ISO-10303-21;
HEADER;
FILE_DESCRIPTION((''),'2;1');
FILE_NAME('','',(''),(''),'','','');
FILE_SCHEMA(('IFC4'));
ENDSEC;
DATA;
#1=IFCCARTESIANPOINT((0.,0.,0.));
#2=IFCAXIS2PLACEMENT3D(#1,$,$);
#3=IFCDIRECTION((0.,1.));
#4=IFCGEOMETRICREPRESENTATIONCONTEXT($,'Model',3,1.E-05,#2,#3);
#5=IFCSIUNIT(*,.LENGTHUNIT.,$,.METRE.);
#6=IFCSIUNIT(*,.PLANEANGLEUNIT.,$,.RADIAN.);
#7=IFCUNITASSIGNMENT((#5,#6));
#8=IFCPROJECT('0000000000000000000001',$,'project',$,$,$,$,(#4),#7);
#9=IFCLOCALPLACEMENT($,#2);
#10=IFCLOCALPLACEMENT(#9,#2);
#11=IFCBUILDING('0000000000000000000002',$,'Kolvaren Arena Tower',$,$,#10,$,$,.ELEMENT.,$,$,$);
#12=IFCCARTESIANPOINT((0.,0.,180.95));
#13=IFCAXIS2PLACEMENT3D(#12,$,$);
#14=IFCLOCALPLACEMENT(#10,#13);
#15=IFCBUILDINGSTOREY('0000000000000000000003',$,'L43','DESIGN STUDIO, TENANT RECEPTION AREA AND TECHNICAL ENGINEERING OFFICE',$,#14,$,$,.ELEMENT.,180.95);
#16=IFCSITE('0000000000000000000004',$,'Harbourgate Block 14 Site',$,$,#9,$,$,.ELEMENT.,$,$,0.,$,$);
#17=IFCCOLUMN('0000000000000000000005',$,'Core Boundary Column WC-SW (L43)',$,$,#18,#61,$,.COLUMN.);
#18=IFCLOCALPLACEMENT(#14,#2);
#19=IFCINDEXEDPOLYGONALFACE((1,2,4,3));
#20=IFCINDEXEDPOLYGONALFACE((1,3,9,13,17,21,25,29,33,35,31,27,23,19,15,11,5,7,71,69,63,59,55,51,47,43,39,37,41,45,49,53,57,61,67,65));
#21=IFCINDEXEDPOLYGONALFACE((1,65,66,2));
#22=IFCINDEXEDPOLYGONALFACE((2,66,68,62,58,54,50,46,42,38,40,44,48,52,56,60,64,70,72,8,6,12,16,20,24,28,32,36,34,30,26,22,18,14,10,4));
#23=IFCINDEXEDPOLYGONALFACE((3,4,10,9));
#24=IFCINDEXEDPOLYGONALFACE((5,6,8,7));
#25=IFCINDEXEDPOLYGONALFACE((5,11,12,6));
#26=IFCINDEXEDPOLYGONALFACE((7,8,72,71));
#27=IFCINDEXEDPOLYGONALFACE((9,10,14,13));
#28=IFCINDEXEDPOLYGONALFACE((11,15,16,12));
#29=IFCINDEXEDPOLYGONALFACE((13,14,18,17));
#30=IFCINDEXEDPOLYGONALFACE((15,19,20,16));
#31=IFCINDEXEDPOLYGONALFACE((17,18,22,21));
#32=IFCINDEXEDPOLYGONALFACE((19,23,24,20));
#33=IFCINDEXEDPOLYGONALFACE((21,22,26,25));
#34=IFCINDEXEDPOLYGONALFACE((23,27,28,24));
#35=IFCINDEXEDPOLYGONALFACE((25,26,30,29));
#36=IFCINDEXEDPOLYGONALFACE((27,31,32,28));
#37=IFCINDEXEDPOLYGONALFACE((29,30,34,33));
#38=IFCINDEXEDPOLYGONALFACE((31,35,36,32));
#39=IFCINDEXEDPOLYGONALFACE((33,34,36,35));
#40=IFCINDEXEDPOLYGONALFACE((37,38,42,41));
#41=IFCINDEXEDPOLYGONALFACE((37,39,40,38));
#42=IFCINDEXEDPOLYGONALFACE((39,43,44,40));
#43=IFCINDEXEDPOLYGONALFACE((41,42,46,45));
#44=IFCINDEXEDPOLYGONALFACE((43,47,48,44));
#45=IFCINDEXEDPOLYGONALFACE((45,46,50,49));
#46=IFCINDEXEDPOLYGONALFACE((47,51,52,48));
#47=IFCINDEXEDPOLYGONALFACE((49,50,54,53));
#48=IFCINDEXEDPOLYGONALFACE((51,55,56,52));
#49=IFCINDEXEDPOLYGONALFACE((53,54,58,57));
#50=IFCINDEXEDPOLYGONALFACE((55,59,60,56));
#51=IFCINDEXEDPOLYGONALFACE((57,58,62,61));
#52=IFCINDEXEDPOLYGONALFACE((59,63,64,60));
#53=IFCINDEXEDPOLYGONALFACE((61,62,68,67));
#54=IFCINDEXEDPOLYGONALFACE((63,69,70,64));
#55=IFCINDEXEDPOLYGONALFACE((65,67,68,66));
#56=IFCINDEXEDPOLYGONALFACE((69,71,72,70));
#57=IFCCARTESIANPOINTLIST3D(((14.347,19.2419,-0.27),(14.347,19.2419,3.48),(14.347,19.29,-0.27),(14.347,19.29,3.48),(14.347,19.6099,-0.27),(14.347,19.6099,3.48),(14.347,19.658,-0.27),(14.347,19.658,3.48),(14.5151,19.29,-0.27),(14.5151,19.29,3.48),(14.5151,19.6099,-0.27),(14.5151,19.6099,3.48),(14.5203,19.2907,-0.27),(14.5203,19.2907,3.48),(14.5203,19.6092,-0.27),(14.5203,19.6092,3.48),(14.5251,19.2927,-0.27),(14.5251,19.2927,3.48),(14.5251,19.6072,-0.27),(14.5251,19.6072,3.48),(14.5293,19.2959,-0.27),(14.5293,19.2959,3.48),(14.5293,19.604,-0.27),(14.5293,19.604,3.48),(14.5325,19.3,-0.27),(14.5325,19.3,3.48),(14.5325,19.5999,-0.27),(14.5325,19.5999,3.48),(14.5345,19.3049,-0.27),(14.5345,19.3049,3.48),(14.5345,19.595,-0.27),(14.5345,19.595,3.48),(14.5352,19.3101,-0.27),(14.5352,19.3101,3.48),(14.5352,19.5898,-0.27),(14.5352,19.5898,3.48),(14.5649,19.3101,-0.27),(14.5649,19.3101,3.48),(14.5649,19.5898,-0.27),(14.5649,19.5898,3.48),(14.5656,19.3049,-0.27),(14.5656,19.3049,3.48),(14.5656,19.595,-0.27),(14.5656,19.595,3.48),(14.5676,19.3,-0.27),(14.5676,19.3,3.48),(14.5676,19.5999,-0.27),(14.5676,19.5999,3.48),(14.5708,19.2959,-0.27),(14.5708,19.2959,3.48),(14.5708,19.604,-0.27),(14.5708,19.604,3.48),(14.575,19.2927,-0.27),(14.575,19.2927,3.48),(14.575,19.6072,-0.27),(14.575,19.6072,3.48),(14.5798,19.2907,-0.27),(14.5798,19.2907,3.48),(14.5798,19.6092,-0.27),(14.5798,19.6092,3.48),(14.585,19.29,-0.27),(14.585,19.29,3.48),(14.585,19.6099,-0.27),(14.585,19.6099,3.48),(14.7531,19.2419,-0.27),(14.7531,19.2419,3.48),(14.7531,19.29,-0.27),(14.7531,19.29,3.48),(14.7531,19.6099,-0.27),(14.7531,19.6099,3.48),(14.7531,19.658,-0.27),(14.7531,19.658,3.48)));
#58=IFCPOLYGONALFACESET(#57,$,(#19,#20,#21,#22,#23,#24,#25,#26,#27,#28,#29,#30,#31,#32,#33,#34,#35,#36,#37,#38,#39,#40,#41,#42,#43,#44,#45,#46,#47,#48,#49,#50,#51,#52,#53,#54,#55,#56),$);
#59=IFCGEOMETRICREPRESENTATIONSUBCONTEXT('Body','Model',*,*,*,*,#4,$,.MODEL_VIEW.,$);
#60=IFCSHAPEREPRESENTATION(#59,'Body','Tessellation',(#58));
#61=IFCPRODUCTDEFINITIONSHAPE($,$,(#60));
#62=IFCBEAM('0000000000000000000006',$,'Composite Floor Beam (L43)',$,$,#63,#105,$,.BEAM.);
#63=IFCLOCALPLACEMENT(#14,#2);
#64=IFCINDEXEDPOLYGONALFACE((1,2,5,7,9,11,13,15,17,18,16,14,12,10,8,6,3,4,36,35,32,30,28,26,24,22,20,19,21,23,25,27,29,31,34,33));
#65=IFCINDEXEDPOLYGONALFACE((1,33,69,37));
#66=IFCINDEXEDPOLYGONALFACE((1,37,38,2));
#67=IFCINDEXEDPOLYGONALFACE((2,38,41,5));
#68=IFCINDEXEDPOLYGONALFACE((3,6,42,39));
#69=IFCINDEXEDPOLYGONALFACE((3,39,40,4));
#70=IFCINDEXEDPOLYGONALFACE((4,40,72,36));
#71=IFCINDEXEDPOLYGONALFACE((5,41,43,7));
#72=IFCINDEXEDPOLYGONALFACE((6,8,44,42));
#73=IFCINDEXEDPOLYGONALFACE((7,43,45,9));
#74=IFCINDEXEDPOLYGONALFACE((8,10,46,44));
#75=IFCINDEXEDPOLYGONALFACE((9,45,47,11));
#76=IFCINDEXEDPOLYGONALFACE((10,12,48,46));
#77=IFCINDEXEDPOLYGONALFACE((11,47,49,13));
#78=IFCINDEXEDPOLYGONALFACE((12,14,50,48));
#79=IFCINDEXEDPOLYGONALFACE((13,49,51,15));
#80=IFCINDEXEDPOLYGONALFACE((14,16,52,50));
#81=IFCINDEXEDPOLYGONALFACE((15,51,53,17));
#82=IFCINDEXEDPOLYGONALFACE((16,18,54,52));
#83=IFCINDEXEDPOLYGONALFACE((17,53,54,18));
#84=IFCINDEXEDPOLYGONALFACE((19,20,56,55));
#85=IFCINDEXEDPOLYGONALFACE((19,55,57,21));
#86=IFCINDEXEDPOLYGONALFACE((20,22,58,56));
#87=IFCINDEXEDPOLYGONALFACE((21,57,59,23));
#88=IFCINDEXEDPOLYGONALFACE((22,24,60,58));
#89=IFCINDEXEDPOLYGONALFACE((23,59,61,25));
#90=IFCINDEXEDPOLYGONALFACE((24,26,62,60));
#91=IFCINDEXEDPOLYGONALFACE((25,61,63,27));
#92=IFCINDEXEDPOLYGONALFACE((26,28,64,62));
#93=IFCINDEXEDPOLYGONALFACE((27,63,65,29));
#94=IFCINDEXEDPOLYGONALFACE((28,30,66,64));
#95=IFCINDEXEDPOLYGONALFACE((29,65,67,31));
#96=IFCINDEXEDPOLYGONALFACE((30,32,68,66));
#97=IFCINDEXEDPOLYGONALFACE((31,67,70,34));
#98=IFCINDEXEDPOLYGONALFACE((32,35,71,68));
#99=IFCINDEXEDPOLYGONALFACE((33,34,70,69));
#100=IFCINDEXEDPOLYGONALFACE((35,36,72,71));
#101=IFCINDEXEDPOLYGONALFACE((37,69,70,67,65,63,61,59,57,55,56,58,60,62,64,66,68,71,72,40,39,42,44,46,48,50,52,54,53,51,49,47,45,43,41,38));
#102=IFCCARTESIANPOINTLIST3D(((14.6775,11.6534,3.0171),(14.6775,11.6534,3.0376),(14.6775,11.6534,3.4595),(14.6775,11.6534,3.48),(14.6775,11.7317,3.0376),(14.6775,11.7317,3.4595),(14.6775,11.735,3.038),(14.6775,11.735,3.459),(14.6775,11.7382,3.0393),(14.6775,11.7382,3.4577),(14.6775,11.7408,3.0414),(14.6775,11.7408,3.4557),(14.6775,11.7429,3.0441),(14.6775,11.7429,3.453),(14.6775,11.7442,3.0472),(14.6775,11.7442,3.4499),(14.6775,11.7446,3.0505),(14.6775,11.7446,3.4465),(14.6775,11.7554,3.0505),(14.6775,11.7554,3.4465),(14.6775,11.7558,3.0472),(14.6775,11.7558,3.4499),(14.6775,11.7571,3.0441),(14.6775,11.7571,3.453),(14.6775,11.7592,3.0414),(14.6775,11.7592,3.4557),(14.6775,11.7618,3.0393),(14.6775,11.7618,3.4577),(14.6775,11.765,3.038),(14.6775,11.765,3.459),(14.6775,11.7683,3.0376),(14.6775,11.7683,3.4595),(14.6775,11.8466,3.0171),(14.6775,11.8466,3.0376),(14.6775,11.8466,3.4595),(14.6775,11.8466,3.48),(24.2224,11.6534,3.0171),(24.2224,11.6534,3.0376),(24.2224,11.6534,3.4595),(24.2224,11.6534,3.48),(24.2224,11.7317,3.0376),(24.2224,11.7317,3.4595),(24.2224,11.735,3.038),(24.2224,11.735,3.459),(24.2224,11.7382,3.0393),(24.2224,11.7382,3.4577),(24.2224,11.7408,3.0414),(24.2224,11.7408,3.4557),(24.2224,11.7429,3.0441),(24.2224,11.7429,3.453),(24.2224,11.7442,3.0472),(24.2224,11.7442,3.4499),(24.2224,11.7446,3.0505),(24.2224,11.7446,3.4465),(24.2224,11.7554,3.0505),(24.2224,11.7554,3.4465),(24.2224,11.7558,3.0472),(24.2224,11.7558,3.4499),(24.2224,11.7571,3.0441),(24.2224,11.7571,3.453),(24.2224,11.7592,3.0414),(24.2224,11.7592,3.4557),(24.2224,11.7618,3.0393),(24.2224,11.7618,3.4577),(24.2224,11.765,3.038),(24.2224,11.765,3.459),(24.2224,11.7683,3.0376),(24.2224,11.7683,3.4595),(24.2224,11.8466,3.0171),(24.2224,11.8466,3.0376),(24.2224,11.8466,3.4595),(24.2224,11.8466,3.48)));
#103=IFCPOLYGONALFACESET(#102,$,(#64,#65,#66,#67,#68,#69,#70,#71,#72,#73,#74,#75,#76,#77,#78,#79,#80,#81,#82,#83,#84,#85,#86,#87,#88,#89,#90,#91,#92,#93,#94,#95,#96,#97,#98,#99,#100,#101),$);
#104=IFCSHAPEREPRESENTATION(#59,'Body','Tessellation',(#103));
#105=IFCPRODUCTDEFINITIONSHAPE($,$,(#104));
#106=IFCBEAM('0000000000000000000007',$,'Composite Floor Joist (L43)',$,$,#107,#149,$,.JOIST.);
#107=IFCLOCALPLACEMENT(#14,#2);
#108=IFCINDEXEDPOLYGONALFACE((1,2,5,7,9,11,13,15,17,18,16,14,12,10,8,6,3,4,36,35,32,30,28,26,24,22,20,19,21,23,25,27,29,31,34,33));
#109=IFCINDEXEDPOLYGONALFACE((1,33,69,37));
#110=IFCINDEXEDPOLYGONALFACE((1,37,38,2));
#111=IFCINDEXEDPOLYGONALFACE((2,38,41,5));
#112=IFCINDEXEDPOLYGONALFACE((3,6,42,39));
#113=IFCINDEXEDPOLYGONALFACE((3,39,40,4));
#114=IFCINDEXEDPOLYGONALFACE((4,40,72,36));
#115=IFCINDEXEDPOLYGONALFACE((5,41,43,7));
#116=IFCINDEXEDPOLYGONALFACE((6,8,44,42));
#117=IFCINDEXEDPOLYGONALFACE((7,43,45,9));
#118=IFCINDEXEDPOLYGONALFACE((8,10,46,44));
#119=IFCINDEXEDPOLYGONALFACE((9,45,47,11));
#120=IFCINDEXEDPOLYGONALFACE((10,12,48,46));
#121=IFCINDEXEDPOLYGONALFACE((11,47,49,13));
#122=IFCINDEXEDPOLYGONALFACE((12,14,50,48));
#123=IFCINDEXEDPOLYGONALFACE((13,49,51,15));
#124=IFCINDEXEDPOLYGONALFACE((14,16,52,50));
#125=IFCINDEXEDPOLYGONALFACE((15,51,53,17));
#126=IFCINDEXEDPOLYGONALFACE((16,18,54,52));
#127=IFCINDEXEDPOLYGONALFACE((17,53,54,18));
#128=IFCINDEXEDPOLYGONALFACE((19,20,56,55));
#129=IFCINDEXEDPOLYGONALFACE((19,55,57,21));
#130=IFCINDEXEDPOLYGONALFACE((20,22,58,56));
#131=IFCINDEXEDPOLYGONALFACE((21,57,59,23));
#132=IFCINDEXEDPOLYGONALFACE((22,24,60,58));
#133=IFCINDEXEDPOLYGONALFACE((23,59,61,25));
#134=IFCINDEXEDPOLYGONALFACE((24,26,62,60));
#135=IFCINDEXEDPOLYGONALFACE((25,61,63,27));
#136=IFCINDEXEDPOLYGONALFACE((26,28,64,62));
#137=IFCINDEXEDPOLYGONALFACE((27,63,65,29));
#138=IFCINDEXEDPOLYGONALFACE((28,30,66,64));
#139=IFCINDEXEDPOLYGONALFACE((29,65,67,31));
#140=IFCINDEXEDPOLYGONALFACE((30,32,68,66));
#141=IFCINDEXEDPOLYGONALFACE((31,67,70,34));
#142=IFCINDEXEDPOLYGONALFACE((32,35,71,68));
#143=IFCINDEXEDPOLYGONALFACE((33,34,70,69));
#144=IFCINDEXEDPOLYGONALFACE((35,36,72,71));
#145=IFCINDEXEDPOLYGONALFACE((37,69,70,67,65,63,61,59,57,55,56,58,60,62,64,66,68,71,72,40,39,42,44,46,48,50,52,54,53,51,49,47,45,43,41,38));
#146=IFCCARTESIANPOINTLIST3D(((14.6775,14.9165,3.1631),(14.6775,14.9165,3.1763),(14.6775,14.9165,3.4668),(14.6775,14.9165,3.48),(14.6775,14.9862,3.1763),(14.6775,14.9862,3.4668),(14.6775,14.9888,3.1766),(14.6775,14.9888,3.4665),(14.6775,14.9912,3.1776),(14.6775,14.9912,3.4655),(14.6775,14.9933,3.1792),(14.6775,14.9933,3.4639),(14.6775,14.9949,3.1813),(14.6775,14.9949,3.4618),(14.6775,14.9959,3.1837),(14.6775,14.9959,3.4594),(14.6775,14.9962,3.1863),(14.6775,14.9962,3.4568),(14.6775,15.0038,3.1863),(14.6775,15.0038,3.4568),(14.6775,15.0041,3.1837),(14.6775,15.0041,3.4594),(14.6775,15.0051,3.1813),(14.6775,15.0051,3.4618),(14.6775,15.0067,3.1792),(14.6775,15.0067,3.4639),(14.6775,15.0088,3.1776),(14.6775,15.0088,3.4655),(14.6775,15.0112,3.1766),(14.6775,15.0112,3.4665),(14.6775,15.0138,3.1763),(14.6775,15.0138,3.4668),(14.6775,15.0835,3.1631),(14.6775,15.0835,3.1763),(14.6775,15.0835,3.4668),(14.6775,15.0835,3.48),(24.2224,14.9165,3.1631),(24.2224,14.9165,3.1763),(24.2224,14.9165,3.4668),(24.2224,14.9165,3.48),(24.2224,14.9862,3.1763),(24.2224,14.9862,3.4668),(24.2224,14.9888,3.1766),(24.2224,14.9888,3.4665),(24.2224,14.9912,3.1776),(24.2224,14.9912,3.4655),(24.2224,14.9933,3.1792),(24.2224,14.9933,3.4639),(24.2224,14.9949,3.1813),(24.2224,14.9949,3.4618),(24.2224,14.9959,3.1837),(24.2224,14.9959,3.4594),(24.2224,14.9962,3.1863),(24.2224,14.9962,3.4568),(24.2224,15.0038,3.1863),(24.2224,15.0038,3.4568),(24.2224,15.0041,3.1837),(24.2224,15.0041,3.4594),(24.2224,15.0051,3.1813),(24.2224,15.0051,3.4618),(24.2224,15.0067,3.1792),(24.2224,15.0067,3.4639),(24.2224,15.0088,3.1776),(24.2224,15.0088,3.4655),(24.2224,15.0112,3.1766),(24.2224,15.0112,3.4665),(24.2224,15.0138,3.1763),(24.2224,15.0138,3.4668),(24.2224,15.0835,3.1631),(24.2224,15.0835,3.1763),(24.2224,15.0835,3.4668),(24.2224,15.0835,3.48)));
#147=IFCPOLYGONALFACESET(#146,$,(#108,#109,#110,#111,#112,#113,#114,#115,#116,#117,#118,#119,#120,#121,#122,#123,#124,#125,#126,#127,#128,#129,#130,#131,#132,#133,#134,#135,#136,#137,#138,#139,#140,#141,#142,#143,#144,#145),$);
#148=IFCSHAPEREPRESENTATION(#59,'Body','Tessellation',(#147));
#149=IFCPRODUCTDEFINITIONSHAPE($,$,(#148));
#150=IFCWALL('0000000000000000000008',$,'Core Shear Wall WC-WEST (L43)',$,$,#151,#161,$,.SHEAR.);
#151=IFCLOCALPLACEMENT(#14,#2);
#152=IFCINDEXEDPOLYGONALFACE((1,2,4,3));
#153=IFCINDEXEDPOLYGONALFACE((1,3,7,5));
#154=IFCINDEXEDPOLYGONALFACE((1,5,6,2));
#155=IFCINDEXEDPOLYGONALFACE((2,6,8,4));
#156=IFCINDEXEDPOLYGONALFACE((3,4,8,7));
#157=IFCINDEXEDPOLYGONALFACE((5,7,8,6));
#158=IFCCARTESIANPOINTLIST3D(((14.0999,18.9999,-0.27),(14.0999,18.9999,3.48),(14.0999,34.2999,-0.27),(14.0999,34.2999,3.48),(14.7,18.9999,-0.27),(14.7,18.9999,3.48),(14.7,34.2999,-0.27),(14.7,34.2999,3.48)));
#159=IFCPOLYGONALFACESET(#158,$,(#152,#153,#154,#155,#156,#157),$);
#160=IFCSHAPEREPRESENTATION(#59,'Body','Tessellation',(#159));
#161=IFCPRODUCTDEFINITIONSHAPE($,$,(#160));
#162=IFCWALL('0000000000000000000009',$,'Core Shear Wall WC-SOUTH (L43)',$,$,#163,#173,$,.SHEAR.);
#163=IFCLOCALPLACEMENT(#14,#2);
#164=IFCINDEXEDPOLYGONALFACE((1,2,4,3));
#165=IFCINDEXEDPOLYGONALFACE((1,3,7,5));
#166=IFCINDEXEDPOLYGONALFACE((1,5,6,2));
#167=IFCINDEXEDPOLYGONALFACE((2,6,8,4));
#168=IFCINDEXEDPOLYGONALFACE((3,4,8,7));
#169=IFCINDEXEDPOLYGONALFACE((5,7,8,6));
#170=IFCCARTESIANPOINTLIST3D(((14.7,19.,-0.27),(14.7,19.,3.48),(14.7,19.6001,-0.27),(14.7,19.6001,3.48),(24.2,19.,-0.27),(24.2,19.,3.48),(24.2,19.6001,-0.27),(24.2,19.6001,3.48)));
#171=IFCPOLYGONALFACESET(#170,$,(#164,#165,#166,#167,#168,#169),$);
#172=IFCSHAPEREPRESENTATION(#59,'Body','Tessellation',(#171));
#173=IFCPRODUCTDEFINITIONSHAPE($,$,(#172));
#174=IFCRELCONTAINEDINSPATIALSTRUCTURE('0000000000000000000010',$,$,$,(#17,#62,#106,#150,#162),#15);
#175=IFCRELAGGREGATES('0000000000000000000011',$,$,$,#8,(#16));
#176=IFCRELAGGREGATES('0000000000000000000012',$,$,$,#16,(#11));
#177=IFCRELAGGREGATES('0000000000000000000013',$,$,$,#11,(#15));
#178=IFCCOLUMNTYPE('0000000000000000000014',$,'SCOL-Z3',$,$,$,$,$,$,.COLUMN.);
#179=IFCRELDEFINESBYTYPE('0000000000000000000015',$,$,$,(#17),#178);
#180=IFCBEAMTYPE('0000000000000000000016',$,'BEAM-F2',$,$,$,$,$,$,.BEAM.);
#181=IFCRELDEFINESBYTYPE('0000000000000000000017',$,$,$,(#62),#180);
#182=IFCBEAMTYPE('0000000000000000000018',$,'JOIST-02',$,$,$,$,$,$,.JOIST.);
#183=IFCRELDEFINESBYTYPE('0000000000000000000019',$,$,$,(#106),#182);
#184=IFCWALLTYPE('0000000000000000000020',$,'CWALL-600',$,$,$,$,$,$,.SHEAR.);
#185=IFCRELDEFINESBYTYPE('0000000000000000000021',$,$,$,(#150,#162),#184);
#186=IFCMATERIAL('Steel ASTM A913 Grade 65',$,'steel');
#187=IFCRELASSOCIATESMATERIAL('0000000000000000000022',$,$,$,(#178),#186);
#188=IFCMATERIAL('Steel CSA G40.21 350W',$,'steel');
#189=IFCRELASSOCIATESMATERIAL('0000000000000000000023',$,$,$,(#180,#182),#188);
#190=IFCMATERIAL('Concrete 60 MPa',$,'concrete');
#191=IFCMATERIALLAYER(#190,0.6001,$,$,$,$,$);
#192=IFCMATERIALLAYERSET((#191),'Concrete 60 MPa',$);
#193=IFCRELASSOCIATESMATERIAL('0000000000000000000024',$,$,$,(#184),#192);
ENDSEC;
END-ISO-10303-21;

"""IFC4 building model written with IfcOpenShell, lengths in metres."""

from ifc_helpers import new_model, si_unit, direction, frame, frame_2d, origin, origin_2d, place, context, subcontext, project, spatial, rectangle, i_section, extrude, material, layer, layer_set, material_profile, profile_set, type_object, element, save


model = new_model("IFC4")

# Units and contexts
model_context = context("Model", 3, precision=1e-05, world=origin(), true_north=direction((0.0, 1.0)))
body_context = subcontext(model_context, "Body", "Model", "MODEL_VIEW")
ifc_project = project(units=[si_unit("LENGTHUNIT", "METRE"), si_unit("PLANEANGLEUNIT", "RADIAN")], contexts=[model_context])

# Site, building, storey
site_placement = place(None, origin())
site = spatial("IfcSite", under=ifc_project, at=site_placement, Name="Harbourgate Block 14 Site", CompositionType="ELEMENT", RefElevation=0.0)
building_placement = place(site_placement, origin())
building = spatial("IfcBuilding", under=site, at=building_placement, Name="Kolvaren Arena Tower", CompositionType="ELEMENT")
storey_placement = place(building_placement, frame((0.0, 0.0, 180.95)))
storey = spatial("IfcBuildingStorey", under=building, at=storey_placement, Name="L43", Description="DESIGN STUDIO, TENANT RECEPTION AREA AND TECHNICAL ENGINEERING OFFICE", CompositionType="ELEMENT", Elevation=180.95)

# Column
ifc_material_1 = material(Name="Steel ASTM A913 Grade 65", Category="steel")
ifc_material_profile_1 = material_profile(ifc_material_1, i_section(OverallWidth=0.406, OverallDepth=0.416, WebThickness=0.0298, FlangeThickness=0.0481, FilletRadius=0.02, at=origin_2d()), Name="W360x382")
ifc_profile_set_1 = profile_set([ifc_material_profile_1], Name="Steel ASTM A913 Grade 65")
column_type = type_object("IfcColumnType", Name="SCOL-Z3", PredefinedType="COLUMN", material=ifc_profile_set_1)
column_placement = place(storey_placement, frame((14.55, 19.45, -0.27), z_axis=(0.0, 0.0, 1.0), x_axis=(1.0, 0.0, 0.0)))
element("IfcColumn", 1, at=column_placement, inside=storey, type_object=column_type, Name="Core Boundary Column WC-SW (L43)", PredefinedType="COLUMN", context=body_context, shape_type="SweptSolid", body=[
    extrude(i_section(OverallWidth=0.406, OverallDepth=0.416, WebThickness=0.0298, FlangeThickness=0.0481, FilletRadius=0.02, at=origin_2d()), origin(), (0.0, 0.0, 1.0), 3.75),
])

# Beams
ifc_material_2 = material(Name="Steel CSA G40.21 350W", Category="steel")
ifc_material_profile_2 = material_profile(ifc_material_2, i_section(OverallWidth=0.1931, OverallDepth=0.4629, WebThickness=0.0107, FlangeThickness=0.0205, FilletRadius=0.0129, at=origin_2d()), Name="W460x113")
ifc_profile_set_2 = profile_set([ifc_material_profile_2], Name="Steel CSA G40.21 350W")
beam_type_1 = type_object("IfcBeamType", Name="BEAM-F2", PredefinedType="BEAM", material=ifc_profile_set_2)
beam_1_placement = place(storey_placement, frame((14.6775, 11.75, 3.2485), z_axis=(1.0, 0.0, 0.0), x_axis=(0.0, 1.0, 0.0)))
element("IfcBeam", 2, at=beam_1_placement, inside=storey, type_object=beam_type_1, Name="Composite Floor Beam (L43)", PredefinedType="BEAM", context=body_context, shape_type="SweptSolid", body=[
    extrude(i_section(OverallWidth=0.1931, OverallDepth=0.4629, WebThickness=0.0107, FlangeThickness=0.0205, FilletRadius=0.0129, at=origin_2d()), origin(), (0.0, 0.0, 1.0), 9.5449),
])
ifc_material_profile_3 = material_profile(ifc_material_2, i_section(OverallWidth=0.167, OverallDepth=0.3169, WebThickness=0.0076, FlangeThickness=0.0132, FilletRadius=0.01, at=origin_2d()), Name="W310x52")
ifc_profile_set_3 = profile_set([ifc_material_profile_3], Name="Steel CSA G40.21 350W")
beam_type_2 = type_object("IfcBeamType", Name="JOIST-02", PredefinedType="JOIST", material=ifc_profile_set_3)
beam_2_placement = place(storey_placement, frame((14.6775, 15.0, 3.3215), z_axis=(1.0, 0.0, 0.0), x_axis=(0.0, 1.0, 0.0)))
element("IfcBeam", 3, at=beam_2_placement, inside=storey, type_object=beam_type_2, Name="Composite Floor Joist (L43)", PredefinedType="JOIST", context=body_context, shape_type="SweptSolid", body=[
    extrude(i_section(OverallWidth=0.167, OverallDepth=0.3169, WebThickness=0.0076, FlangeThickness=0.0132, FilletRadius=0.01, at=origin_2d()), origin(), (0.0, 0.0, 1.0), 9.5449),
])

# Walls
ifc_material_3 = material(Name="Concrete 60 MPa", Category="concrete")
ifc_layer_1 = layer(ifc_material_3, 0.6001)
ifc_layer_set_1 = layer_set([ifc_layer_1], Name="Concrete 60 MPa")
wall_type_1 = type_object("IfcWallType", Name="CWALL-600", PredefinedType="SHEAR", material=ifc_layer_set_1)
wall_1_placement = place(storey_placement, frame((14.3999, 19.0, -0.27), z_axis=(0.0, 0.0, 1.0), x_axis=(0.0, 1.0, 0.0)))
element("IfcWall", 4, at=wall_1_placement, inside=storey, type_object=wall_type_1, Name="Core Shear Wall WC-WEST (L43)", PredefinedType="SHEAR", context=body_context, shape_type="SweptSolid", body=[
    extrude(rectangle(XDim=15.3, YDim=0.6001, at=frame_2d((7.6499, 0.0))), origin(), (0.0, 0.0, 1.0), 3.75),
])
wall_2_placement = place(storey_placement, frame((14.7, 19.3, -0.27), z_axis=(0.0, 0.0, 1.0), x_axis=(1.0, 0.0, 0.0)))
element("IfcWall", 5, at=wall_2_placement, inside=storey, type_object=wall_type_1, Name="Core Shear Wall WC-SOUTH (L43)", PredefinedType="SHEAR", context=body_context, shape_type="SweptSolid", body=[
    extrude(rectangle(XDim=9.5, YDim=0.6001, at=frame_2d((4.75, 0.0))), origin(), (0.0, 0.0, 1.0), 3.75),
])

save(model, "model.ifc")
